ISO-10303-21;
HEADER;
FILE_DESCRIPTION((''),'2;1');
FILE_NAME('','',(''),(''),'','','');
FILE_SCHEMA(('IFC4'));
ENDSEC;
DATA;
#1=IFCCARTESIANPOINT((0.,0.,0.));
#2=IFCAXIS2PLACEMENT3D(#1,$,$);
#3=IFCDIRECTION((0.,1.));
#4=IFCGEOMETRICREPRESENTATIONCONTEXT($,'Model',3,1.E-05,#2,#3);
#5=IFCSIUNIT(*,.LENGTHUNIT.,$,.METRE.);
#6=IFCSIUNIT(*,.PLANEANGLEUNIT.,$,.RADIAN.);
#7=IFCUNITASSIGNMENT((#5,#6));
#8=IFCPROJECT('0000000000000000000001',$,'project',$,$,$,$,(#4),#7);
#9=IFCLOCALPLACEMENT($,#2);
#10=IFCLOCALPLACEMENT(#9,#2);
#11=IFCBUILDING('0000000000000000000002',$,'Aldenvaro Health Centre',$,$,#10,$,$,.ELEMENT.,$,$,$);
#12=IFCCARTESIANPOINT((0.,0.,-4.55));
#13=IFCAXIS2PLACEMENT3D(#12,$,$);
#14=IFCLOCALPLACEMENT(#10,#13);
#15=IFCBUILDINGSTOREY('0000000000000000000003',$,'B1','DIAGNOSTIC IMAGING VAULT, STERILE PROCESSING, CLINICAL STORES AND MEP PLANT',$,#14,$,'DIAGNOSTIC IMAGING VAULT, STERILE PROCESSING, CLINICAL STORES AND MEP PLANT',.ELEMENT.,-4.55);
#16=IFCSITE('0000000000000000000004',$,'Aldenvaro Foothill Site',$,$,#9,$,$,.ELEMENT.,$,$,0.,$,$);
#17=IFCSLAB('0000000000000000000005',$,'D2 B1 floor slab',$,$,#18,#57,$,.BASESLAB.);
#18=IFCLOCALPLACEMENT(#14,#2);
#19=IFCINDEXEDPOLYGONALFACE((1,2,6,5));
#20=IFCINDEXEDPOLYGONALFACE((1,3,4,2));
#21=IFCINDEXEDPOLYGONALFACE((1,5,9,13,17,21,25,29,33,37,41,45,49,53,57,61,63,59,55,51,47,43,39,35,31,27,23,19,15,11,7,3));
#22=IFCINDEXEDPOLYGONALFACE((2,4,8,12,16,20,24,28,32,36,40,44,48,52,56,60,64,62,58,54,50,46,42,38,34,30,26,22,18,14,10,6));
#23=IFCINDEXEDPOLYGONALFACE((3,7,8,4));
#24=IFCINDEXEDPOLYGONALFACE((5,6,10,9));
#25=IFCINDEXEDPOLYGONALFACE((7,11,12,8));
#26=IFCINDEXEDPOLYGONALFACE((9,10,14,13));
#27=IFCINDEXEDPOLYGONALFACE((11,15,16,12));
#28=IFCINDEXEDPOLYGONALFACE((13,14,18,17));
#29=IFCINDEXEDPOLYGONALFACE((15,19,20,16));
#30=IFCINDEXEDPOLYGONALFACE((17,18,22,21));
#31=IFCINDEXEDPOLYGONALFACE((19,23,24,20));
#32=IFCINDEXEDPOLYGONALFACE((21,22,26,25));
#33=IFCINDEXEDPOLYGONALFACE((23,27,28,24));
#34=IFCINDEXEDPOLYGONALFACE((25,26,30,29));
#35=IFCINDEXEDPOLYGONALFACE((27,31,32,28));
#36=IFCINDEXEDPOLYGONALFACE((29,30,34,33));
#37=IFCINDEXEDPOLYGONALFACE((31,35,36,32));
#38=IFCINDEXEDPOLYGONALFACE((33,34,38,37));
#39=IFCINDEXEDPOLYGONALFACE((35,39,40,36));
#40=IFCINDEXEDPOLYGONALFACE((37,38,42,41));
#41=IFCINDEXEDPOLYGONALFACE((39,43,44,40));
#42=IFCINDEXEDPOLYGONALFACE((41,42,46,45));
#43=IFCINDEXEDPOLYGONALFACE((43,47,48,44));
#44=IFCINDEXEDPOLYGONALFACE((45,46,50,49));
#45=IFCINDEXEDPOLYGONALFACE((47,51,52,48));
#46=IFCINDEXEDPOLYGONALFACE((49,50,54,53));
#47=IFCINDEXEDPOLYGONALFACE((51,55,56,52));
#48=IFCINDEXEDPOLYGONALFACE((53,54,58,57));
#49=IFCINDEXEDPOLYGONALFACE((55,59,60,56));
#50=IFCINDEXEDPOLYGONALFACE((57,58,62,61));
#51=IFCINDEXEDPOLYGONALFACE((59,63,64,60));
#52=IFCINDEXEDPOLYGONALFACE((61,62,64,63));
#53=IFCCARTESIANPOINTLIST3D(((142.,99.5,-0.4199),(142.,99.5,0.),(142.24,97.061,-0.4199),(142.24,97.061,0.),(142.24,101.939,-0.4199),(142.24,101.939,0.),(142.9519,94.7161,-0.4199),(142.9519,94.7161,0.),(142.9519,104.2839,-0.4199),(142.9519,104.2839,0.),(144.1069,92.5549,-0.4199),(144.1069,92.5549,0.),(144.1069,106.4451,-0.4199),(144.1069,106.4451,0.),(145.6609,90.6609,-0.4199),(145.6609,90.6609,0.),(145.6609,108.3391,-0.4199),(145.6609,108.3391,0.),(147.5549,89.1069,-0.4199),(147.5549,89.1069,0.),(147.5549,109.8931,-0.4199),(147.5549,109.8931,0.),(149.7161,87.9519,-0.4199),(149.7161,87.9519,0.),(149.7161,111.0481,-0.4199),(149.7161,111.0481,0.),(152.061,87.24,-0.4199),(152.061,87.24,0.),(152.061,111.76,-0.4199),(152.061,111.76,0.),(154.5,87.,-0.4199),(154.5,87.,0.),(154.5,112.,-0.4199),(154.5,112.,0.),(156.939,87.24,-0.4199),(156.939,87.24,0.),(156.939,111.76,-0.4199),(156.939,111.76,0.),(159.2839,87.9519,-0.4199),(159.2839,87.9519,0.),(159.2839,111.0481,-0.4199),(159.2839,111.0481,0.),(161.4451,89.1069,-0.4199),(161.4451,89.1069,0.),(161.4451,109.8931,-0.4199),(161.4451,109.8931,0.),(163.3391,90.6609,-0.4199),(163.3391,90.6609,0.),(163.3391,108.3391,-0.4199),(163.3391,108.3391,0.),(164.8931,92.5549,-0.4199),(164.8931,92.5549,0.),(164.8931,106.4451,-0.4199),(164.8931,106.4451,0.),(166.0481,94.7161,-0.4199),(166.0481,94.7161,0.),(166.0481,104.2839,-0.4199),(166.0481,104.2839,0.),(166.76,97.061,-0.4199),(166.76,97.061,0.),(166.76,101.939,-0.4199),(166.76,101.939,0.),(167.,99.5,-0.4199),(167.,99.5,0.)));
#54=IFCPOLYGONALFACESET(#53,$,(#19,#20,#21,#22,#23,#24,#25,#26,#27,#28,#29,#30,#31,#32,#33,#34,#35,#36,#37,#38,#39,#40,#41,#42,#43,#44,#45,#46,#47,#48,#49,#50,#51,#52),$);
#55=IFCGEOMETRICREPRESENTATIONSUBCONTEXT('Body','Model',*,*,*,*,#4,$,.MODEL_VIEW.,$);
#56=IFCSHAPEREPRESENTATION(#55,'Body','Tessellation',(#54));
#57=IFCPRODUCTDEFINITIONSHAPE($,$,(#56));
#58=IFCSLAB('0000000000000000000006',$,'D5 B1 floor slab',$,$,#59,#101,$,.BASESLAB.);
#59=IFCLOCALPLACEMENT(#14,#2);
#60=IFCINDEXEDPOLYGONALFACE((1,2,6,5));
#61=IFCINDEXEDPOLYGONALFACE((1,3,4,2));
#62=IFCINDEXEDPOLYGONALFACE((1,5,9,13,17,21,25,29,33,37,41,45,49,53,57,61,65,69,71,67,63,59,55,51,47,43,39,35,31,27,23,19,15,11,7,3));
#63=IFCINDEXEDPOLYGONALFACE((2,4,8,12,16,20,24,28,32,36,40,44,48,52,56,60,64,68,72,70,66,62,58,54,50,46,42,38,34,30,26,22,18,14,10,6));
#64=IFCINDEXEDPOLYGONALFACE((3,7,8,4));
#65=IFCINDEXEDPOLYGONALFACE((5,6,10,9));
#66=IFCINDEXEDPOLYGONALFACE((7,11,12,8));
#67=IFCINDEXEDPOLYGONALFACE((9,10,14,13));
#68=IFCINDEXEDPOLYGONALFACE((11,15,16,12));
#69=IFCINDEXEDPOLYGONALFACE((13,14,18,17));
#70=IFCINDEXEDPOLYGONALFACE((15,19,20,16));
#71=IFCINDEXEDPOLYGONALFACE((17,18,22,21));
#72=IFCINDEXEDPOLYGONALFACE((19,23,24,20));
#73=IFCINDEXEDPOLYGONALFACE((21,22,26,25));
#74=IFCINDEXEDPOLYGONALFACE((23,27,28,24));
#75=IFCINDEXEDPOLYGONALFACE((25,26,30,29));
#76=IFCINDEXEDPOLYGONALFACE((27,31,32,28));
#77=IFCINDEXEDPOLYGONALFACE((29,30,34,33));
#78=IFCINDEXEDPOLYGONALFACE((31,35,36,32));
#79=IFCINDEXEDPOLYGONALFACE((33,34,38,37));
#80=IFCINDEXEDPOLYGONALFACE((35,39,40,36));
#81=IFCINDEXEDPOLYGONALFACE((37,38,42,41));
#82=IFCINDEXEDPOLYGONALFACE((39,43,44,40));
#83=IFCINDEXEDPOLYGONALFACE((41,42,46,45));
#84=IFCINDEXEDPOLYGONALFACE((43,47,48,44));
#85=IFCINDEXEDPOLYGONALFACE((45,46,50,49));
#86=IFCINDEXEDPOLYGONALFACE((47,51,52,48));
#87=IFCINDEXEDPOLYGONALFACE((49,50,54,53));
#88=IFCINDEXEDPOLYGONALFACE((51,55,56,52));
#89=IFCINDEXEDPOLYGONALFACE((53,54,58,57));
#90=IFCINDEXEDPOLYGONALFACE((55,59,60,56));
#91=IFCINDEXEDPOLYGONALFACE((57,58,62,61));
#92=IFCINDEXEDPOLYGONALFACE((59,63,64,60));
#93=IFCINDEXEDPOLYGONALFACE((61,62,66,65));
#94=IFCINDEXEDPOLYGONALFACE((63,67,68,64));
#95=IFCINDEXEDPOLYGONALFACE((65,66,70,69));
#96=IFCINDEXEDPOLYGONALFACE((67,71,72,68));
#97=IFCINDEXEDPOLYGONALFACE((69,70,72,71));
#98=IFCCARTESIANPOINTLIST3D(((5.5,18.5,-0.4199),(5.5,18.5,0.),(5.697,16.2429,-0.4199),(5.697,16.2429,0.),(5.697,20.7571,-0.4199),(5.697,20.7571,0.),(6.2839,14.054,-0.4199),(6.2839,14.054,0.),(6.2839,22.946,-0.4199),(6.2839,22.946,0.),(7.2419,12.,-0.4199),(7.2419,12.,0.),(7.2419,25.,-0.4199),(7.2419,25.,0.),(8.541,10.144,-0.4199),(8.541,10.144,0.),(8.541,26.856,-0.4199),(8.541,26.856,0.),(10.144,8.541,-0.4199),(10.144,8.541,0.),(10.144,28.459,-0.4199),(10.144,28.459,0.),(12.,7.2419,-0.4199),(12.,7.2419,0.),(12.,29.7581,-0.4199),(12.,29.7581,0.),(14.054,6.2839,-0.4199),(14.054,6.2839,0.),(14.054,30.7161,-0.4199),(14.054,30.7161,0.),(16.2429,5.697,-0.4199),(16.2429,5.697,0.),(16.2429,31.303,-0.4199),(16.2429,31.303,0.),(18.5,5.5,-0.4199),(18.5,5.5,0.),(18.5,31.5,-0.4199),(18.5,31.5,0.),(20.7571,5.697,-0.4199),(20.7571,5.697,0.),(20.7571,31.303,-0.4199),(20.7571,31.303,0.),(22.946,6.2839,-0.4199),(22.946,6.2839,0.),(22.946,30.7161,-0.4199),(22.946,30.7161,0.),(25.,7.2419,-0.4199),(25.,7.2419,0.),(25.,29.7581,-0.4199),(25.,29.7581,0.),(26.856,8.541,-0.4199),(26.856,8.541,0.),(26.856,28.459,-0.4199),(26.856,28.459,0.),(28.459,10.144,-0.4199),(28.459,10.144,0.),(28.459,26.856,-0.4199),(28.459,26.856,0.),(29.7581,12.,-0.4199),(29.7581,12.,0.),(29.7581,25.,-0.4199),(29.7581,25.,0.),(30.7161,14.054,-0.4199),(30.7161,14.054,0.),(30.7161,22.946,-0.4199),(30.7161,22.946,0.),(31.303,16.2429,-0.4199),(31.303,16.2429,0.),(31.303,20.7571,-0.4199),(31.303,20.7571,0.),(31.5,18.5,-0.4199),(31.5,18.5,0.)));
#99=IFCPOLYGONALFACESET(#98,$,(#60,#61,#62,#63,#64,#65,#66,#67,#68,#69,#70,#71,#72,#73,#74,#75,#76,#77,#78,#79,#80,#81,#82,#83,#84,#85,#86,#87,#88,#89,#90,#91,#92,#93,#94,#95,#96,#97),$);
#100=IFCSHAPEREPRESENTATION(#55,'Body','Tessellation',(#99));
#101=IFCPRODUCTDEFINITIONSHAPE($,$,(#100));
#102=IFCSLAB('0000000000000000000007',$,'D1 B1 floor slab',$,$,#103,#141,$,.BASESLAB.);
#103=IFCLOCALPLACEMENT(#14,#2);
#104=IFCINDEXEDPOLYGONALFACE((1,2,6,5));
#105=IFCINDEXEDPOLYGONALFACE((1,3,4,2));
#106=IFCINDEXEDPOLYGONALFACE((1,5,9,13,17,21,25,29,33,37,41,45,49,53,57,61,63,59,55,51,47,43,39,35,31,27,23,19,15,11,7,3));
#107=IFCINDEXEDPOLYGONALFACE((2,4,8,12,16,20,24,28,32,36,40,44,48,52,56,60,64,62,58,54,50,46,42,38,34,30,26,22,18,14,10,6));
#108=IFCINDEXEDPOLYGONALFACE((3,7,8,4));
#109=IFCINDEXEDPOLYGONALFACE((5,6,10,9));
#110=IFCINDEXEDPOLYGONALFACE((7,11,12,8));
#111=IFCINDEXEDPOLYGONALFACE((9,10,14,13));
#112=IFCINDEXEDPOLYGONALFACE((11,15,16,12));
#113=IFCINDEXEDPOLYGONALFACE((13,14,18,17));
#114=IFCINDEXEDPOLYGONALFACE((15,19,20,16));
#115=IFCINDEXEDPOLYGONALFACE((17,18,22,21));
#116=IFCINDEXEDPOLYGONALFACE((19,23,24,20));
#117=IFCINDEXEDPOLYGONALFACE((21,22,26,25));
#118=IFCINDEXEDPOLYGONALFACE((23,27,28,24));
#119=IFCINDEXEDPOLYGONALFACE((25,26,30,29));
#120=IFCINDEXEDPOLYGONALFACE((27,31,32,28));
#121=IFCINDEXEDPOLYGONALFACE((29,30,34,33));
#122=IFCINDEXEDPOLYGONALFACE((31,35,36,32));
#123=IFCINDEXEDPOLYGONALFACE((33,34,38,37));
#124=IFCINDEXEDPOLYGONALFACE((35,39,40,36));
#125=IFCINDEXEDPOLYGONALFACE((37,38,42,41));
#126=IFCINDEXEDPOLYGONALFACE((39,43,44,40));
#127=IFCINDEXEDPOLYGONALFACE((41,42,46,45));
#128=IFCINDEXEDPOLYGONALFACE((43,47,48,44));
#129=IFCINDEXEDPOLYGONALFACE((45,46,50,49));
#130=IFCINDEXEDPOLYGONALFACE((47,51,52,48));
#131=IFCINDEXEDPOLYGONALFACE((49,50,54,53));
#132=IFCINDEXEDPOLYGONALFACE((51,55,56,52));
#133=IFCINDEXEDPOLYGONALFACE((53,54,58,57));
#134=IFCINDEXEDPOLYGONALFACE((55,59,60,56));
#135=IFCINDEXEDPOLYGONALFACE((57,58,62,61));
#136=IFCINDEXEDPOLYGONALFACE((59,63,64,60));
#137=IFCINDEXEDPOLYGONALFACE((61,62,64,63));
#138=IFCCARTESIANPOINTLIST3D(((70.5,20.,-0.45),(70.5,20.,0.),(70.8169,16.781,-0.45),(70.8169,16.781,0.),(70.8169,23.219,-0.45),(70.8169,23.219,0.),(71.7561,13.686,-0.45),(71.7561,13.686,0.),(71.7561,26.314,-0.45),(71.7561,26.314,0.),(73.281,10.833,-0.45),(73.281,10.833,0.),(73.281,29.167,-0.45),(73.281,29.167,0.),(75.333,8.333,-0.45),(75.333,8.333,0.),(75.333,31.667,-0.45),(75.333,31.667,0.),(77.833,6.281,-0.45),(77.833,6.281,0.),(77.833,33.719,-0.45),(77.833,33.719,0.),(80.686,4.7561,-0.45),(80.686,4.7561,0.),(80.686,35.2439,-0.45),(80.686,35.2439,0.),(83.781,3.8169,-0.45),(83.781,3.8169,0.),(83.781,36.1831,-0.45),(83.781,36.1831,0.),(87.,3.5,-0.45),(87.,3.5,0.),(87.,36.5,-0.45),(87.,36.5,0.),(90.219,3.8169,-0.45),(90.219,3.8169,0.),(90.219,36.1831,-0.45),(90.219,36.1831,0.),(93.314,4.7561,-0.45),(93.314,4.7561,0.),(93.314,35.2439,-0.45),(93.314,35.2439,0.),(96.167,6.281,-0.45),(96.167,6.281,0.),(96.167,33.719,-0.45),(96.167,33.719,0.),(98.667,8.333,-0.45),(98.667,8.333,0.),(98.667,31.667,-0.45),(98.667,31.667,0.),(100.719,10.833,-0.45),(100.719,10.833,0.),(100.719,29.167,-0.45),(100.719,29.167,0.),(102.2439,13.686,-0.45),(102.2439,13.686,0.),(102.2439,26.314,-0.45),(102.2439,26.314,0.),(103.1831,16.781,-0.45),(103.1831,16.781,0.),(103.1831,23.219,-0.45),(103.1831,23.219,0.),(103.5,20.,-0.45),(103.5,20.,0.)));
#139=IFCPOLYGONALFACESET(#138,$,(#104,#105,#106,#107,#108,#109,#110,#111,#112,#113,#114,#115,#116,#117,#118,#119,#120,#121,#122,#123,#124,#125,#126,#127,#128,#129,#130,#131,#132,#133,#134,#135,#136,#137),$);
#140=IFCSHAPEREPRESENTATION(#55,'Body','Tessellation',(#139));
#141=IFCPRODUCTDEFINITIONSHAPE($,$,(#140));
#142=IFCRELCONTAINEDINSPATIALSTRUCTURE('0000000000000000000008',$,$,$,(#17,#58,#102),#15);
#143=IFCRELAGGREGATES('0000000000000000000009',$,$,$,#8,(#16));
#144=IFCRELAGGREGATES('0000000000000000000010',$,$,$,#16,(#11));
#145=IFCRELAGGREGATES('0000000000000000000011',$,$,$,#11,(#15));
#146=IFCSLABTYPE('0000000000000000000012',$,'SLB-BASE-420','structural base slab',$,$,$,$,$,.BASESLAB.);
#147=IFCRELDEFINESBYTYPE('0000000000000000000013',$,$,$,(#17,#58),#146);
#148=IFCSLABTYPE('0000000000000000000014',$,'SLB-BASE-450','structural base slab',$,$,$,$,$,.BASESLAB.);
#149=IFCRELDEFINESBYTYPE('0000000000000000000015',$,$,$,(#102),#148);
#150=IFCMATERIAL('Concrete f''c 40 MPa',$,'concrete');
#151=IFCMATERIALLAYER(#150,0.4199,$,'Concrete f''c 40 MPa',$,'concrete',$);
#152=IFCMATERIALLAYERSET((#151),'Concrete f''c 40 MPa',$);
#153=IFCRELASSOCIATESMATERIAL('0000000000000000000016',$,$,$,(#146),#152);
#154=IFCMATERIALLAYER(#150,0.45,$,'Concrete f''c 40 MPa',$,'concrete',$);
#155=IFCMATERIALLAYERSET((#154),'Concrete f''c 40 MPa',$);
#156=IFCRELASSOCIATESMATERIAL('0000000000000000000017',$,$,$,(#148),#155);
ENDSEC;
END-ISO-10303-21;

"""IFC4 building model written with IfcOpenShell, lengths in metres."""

from ifc_helpers import new_model, si_unit, direction, frame, origin, place, context, subcontext, project, spatial, polyline, outline, extrude, material, layer, layer_set, type_object, element, save


model = new_model("IFC4")

# Units and contexts
model_context = context("Model", 3, precision=1e-05, world=origin(), true_north=direction((0.0, 1.0)))
body_context = subcontext(model_context, "Body", "Model", "MODEL_VIEW")
ifc_project = project(units=[si_unit("LENGTHUNIT", "METRE"), si_unit("PLANEANGLEUNIT", "RADIAN")], contexts=[model_context])

# Site, building, storey
site_placement = place(None, origin())
site = spatial("IfcSite", under=ifc_project, at=site_placement, Name="Aldenvaro Foothill Site", CompositionType="ELEMENT", RefElevation=0.0)
building_placement = place(site_placement, origin())
building = spatial("IfcBuilding", under=site, at=building_placement, Name="Aldenvaro Health Centre", CompositionType="ELEMENT")
storey_placement = place(building_placement, frame((0.0, 0.0, -4.55)))
storey = spatial("IfcBuildingStorey", under=building, at=storey_placement, Name="B1", Description="DIAGNOSTIC IMAGING VAULT, STERILE PROCESSING, CLINICAL STORES AND MEP PLANT", LongName="DIAGNOSTIC IMAGING VAULT, STERILE PROCESSING, CLINICAL STORES AND MEP PLANT", CompositionType="ELEMENT", Elevation=-4.55)

# Slabs
ifc_material = material(Name="Concrete f'c 40 MPa", Category="concrete")
ifc_layer_1 = layer(ifc_material, 0.4199, Name="Concrete f'c 40 MPa", Category="concrete")
ifc_layer_set_1 = layer_set([ifc_layer_1], Name="Concrete f'c 40 MPa")
slab_type_1 = type_object("IfcSlabType", Name="SLB-BASE-420", Description="structural base slab", PredefinedType="BASESLAB", material=ifc_layer_set_1)
slab_1_placement = place(storey_placement, frame((0.0, 0.0, -0.4199)))
element("IfcSlab", 1, at=slab_1_placement, inside=storey, type_object=slab_type_1, Name="D2 B1 floor slab", PredefinedType="BASESLAB", context=body_context, shape_type="SweptSolid", body=[
    extrude(outline(polyline([(167.0, 99.5), (166.76, 101.939), (166.0481, 104.2839), (164.8931, 106.4451), (163.3391, 108.3391), (161.4451, 109.8931), (159.2839, 111.0481), (156.939, 111.76), (154.5, 112.0), (152.061, 111.76), (149.7161, 111.0481), (147.5549, 109.8931), (145.6609, 108.3391), (144.1069, 106.4451), (142.9519, 104.2839), (142.24, 101.939), (142.0, 99.5), (142.24, 97.061), (142.9519, 94.7161), (144.1069, 92.5549), (145.6609, 90.6609), (147.5549, 89.1069), (149.7161, 87.9519), (152.061, 87.24), (154.5, 87.0), (156.939, 87.24), (159.2839, 87.9519), (161.4451, 89.1069), (163.3391, 90.6609), (164.8931, 92.5549), (166.0481, 94.7161), (166.76, 97.061), (167.0, 99.5)])), origin(), (0.0, 0.0, 1.0), 0.4199),
])
slab_2_placement = place(storey_placement, frame((0.0, 0.0, -0.4199)))
element("IfcSlab", 2, at=slab_2_placement, inside=storey, type_object=slab_type_1, Name="D5 B1 floor slab", PredefinedType="BASESLAB", context=body_context, shape_type="SweptSolid", body=[
    extrude(outline(polyline([(31.5, 18.5), (31.303, 20.7571), (30.7161, 22.946), (29.7581, 25.0), (28.459, 26.856), (26.856, 28.459), (25.0, 29.7581), (22.946, 30.7161), (20.7571, 31.303), (18.5, 31.5), (16.2429, 31.303), (14.054, 30.7161), (12.0, 29.7581), (10.144, 28.459), (8.541, 26.856), (7.2419, 25.0), (6.2839, 22.946), (5.697, 20.7571), (5.5, 18.5), (5.697, 16.2429), (6.2839, 14.054), (7.2419, 12.0), (8.541, 10.144), (10.144, 8.541), (12.0, 7.2419), (14.054, 6.2839), (16.2429, 5.697), (18.5, 5.5), (20.7571, 5.697), (22.946, 6.2839), (25.0, 7.2419), (26.856, 8.541), (28.459, 10.144), (29.7581, 12.0), (30.7161, 14.054), (31.303, 16.2429), (31.5, 18.5)])), origin(), (0.0, 0.0, 1.0), 0.4199),
])
ifc_layer_2 = layer(ifc_material, 0.45, Name="Concrete f'c 40 MPa", Category="concrete")
ifc_layer_set_2 = layer_set([ifc_layer_2], Name="Concrete f'c 40 MPa")
slab_type_2 = type_object("IfcSlabType", Name="SLB-BASE-450", Description="structural base slab", PredefinedType="BASESLAB", material=ifc_layer_set_2)
slab_3_placement = place(storey_placement, frame((0.0, 0.0, -0.45)))
element("IfcSlab", 3, at=slab_3_placement, inside=storey, type_object=slab_type_2, Name="D1 B1 floor slab", PredefinedType="BASESLAB", context=body_context, shape_type="SweptSolid", body=[
    extrude(outline(polyline([(103.5, 20.0), (103.1831, 23.219), (102.2439, 26.314), (100.719, 29.167), (98.667, 31.667), (96.167, 33.719), (93.314, 35.2439), (90.219, 36.1831), (87.0, 36.5), (83.781, 36.1831), (80.686, 35.2439), (77.833, 33.719), (75.333, 31.667), (73.281, 29.167), (71.7561, 26.314), (70.8169, 23.219), (70.5, 20.0), (70.8169, 16.781), (71.7561, 13.686), (73.281, 10.833), (75.333, 8.333), (77.833, 6.281), (80.686, 4.7561), (83.781, 3.8169), (87.0, 3.5), (90.219, 3.8169), (93.314, 4.7561), (96.167, 6.281), (98.667, 8.333), (100.719, 10.833), (102.2439, 13.686), (103.1831, 16.781), (103.5, 20.0)])), origin(), (0.0, 0.0, 1.0), 0.45),
])

save(model, "model.ifc")
